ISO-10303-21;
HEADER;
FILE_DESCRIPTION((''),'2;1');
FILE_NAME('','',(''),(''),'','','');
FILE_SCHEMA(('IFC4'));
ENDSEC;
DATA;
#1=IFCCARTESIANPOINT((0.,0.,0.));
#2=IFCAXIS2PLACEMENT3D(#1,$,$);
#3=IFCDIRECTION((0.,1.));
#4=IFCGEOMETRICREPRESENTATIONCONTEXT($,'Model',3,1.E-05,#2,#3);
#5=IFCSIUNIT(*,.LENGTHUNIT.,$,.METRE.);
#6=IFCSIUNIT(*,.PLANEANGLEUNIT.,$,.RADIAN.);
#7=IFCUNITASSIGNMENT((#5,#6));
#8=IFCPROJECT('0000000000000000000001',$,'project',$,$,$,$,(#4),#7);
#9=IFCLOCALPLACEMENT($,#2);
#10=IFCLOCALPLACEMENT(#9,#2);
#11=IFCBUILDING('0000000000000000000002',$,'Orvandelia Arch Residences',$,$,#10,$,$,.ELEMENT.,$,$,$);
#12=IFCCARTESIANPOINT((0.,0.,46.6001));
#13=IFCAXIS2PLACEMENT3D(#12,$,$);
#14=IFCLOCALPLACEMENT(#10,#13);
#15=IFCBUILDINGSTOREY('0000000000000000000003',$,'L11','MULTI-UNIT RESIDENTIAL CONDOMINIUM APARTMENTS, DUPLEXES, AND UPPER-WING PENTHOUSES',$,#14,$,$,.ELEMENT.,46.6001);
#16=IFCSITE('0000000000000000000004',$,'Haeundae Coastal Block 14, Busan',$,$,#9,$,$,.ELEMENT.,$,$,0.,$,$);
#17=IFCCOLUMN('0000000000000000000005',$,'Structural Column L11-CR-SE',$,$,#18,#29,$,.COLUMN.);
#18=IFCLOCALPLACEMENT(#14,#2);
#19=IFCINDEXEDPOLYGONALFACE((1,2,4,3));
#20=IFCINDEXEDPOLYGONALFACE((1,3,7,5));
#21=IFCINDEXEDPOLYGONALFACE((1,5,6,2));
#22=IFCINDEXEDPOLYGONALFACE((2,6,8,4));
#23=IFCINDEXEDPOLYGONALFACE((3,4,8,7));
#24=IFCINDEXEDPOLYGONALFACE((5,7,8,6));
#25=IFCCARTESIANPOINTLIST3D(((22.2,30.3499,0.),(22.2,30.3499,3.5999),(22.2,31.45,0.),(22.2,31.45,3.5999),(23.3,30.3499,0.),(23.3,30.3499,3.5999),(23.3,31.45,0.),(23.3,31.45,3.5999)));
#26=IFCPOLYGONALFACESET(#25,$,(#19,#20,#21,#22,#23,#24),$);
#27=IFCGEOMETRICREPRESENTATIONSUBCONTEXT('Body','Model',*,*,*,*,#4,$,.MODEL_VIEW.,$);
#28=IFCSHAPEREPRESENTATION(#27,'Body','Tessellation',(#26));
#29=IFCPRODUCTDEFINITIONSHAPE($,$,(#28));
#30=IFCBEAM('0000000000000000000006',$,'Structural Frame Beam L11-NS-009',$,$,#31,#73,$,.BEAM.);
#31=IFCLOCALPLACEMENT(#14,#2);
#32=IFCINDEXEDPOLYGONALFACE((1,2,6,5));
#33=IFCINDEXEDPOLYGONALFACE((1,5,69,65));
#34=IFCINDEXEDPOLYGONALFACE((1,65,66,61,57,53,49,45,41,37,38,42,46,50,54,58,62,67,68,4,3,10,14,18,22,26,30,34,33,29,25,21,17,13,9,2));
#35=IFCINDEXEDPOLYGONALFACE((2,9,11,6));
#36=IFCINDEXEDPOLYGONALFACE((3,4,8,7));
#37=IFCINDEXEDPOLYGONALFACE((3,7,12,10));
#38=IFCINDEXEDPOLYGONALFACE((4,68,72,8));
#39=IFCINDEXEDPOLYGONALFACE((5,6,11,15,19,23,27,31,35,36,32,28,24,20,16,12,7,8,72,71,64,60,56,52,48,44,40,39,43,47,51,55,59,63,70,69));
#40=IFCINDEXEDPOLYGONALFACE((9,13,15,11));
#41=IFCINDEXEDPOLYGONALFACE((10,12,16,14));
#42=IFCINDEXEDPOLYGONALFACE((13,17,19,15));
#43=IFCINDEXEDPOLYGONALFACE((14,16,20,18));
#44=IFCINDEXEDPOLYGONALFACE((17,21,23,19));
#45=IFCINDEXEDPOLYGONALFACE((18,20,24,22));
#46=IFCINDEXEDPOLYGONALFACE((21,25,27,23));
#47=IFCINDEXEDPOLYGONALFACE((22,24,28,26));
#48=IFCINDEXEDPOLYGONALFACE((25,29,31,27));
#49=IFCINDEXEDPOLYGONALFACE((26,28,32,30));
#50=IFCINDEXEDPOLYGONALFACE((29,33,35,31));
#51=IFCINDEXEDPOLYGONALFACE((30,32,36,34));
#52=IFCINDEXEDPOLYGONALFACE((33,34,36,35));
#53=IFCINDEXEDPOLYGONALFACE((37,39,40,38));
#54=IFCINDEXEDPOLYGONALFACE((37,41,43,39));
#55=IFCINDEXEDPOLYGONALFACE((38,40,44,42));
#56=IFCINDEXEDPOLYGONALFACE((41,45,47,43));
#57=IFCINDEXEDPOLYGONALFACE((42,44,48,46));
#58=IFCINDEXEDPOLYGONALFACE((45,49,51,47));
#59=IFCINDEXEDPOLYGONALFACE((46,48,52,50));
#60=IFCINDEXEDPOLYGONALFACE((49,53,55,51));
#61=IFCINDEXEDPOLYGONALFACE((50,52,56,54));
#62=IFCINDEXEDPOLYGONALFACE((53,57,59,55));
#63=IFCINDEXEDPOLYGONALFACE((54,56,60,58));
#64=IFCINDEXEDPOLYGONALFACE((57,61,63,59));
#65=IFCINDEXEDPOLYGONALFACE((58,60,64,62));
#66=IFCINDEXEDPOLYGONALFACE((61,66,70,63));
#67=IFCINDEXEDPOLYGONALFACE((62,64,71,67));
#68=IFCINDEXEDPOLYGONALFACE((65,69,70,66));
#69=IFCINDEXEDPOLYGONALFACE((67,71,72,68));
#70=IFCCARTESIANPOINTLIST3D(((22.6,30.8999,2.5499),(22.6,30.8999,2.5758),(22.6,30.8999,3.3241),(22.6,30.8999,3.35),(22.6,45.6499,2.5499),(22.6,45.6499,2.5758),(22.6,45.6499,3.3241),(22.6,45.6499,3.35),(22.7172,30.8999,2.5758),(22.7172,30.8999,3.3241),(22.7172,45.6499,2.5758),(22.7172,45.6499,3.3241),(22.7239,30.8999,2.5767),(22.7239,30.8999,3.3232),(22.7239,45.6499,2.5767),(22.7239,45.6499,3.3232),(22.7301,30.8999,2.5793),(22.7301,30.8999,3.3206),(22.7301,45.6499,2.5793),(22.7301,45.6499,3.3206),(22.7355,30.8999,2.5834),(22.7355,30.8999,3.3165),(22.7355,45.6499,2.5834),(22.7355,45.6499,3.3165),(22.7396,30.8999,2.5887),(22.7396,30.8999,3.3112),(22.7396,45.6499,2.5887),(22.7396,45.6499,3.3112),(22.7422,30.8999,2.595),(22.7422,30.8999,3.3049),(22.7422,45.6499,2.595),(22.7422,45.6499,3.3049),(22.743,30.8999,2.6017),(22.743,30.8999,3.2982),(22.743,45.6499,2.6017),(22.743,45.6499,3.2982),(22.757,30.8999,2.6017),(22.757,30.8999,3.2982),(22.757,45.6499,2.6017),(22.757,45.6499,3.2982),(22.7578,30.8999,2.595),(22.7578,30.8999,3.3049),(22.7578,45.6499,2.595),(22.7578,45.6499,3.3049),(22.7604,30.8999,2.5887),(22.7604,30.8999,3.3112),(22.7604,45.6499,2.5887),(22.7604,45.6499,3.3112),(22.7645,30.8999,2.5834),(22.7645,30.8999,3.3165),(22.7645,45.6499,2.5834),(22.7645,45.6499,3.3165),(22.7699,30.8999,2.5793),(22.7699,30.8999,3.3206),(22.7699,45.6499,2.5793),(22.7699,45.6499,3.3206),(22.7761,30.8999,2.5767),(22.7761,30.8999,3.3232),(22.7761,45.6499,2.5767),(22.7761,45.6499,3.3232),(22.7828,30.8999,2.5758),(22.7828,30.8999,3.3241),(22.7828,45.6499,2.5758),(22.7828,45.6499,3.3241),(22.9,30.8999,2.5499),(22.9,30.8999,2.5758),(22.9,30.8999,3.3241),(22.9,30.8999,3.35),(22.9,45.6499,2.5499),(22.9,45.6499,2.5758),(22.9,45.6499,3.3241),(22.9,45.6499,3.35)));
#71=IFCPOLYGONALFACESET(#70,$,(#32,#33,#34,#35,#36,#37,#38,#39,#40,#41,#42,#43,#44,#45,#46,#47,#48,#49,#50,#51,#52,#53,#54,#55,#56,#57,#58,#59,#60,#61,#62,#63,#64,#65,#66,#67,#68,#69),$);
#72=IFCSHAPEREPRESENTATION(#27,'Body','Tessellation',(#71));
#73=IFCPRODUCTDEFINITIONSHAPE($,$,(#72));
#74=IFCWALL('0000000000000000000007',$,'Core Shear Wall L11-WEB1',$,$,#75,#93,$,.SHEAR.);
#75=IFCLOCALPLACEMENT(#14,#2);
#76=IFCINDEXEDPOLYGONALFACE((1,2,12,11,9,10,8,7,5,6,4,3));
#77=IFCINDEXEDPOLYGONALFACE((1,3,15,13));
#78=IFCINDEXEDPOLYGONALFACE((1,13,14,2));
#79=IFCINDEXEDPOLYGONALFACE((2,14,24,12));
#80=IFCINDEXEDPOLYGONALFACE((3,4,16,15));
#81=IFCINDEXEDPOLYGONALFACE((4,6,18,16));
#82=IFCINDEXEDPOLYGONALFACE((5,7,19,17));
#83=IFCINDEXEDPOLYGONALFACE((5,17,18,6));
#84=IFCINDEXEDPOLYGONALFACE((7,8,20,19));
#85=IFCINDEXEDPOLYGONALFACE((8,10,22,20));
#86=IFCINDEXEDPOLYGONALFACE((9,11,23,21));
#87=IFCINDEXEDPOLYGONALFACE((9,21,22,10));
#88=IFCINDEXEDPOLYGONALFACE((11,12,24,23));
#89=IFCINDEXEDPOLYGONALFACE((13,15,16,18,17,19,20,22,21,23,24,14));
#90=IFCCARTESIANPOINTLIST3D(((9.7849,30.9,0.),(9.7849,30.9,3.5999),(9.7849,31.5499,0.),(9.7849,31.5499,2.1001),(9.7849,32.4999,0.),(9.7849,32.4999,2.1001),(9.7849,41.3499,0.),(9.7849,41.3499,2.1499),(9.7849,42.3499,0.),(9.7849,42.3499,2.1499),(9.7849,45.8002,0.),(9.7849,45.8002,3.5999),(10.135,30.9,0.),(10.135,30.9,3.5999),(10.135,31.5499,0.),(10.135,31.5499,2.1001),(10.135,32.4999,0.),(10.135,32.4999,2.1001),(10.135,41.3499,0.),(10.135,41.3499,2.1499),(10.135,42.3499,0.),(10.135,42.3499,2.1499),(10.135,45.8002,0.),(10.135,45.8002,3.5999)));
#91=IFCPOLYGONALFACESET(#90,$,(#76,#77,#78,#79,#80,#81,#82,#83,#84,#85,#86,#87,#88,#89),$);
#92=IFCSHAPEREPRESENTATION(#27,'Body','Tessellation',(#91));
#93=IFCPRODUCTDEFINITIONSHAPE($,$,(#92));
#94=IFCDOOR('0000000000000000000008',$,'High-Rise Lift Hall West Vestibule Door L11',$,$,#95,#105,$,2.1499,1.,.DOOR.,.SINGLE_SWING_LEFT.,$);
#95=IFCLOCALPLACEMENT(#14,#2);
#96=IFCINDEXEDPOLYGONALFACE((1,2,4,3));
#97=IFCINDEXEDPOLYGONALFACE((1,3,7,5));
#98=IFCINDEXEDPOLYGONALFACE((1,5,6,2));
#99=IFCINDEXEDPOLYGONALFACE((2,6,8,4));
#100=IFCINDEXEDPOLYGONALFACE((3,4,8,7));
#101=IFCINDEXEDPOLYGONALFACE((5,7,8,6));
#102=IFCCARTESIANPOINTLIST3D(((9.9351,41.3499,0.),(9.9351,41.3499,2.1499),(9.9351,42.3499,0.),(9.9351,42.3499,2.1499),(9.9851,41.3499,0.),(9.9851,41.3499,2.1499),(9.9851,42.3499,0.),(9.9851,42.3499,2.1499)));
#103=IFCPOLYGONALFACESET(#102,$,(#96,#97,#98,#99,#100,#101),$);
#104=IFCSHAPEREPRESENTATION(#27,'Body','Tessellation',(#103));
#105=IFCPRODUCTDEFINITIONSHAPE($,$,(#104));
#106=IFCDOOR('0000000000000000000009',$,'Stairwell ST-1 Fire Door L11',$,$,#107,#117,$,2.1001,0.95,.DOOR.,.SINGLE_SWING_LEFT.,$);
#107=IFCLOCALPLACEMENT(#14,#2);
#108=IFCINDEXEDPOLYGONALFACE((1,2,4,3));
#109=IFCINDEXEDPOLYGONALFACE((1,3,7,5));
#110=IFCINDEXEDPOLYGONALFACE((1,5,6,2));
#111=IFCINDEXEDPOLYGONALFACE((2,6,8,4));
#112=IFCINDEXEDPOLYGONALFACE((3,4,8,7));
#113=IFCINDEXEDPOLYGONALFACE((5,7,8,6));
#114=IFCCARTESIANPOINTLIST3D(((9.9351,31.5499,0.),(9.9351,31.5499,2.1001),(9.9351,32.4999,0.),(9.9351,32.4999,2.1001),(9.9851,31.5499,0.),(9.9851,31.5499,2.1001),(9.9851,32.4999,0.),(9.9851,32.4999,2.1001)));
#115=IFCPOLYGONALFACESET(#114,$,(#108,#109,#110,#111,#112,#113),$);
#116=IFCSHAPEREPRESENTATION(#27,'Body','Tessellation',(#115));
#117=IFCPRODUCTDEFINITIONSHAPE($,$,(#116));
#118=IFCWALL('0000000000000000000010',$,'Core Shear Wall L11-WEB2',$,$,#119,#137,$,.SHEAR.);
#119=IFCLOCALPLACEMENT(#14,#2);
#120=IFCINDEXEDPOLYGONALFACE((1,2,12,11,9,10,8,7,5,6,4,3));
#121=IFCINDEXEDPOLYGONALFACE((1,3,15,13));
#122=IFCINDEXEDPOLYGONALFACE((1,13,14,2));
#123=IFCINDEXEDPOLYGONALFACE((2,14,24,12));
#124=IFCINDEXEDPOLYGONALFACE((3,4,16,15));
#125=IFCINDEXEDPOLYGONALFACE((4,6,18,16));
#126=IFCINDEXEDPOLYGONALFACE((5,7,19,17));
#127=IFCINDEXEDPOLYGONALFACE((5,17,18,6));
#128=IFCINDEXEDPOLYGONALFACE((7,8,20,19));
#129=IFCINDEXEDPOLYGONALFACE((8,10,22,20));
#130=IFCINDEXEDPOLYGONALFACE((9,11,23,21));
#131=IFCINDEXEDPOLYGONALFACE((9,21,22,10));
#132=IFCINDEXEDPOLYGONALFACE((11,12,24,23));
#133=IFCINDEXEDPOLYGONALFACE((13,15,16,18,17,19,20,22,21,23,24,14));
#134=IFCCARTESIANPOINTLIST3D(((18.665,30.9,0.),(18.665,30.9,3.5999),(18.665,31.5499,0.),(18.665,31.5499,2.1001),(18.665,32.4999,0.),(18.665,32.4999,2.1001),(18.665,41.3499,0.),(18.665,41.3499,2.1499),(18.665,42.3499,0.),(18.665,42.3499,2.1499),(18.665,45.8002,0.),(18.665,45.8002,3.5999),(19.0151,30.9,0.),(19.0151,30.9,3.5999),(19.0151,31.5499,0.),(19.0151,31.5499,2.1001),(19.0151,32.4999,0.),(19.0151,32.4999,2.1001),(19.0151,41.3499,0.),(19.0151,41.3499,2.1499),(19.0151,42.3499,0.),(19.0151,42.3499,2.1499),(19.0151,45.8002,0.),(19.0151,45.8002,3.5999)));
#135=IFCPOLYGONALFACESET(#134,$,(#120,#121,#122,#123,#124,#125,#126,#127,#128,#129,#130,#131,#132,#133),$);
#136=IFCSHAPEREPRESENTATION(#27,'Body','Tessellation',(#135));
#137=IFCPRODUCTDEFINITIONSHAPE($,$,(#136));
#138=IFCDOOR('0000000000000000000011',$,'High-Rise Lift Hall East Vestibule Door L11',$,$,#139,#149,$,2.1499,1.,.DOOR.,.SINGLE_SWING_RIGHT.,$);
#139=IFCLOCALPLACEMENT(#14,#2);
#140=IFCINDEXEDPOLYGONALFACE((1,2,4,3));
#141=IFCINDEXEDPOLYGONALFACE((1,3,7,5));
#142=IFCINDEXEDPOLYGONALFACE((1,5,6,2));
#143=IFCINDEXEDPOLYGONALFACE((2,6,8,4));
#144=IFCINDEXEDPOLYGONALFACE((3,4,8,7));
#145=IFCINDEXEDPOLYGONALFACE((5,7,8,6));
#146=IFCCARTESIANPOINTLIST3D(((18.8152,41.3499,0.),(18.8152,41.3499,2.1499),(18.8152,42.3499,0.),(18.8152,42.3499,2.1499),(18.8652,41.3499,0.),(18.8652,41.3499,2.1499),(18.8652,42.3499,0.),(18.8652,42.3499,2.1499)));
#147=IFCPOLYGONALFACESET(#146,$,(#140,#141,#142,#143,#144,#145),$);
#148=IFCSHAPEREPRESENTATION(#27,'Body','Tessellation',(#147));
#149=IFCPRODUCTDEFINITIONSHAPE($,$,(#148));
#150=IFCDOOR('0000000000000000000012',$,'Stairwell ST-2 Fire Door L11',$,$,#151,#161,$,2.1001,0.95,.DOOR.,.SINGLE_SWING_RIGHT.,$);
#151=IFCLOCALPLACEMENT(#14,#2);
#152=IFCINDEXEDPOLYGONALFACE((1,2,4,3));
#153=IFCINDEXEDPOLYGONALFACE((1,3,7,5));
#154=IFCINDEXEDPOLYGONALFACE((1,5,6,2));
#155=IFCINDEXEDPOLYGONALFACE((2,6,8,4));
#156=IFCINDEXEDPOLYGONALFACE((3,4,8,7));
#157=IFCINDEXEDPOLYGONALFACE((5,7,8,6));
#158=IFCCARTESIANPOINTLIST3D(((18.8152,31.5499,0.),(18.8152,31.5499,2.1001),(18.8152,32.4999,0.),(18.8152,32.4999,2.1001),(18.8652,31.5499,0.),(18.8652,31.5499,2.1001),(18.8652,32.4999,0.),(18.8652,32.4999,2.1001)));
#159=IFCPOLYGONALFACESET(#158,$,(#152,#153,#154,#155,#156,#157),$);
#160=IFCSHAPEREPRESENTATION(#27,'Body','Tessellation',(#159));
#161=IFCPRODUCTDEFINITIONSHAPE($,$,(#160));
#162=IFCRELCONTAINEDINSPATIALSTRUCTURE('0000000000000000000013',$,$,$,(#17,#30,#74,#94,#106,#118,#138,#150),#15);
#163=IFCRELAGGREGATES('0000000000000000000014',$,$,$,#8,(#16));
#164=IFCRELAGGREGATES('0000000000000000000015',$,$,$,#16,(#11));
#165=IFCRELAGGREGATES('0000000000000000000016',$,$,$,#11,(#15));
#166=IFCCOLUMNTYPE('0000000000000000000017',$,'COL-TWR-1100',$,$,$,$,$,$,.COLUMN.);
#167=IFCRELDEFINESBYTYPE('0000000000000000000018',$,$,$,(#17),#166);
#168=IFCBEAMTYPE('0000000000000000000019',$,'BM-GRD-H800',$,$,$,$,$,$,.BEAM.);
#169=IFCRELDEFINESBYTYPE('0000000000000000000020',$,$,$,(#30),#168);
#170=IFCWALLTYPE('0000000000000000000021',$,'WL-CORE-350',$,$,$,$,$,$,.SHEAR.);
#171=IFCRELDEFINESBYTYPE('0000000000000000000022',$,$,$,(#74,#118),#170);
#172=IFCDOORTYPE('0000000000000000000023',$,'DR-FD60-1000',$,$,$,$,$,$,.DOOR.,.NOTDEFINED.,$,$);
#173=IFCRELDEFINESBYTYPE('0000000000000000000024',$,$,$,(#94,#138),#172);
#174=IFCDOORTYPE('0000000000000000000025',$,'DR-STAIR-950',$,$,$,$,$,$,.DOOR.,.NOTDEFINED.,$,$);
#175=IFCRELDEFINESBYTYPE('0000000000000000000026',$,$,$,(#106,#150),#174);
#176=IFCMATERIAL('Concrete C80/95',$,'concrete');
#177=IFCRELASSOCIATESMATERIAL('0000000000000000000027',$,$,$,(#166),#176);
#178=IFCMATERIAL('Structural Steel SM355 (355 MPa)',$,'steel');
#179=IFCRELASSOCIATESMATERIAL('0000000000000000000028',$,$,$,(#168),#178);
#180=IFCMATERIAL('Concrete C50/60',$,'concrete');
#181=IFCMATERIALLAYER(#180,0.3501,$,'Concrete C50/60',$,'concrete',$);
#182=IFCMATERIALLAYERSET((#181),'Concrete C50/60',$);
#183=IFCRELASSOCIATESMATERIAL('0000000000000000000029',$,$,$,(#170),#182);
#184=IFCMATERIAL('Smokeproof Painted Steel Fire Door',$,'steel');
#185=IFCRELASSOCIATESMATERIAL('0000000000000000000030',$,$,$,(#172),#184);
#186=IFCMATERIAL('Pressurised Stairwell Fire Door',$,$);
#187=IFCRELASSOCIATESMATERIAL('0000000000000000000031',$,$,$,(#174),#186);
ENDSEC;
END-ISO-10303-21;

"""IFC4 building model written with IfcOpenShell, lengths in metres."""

from ifc_helpers import new_model, si_unit, direction, frame, frame_2d, origin, origin_2d, place, context, subcontext, project, spatial, rectangle, i_section, extrude, material, layer, layer_set, material_profile, profile_set, type_object, element, fill, save


model = new_model("IFC4")

# Units and contexts
model_context = context("Model", 3, precision=1e-05, world=origin(), true_north=direction((0.0, 1.0)))
body_context = subcontext(model_context, "Body", "Model", "MODEL_VIEW")
ifc_project = project(units=[si_unit("LENGTHUNIT", "METRE"), si_unit("PLANEANGLEUNIT", "RADIAN")], contexts=[model_context])

# Site, building, storey
site_placement = place(None, origin())
site = spatial("IfcSite", under=ifc_project, at=site_placement, Name="Haeundae Coastal Block 14, Busan", CompositionType="ELEMENT", RefElevation=0.0)
building_placement = place(site_placement, origin())
building = spatial("IfcBuilding", under=site, at=building_placement, Name="Orvandelia Arch Residences", CompositionType="ELEMENT")
storey_placement = place(building_placement, frame((0.0, 0.0, 46.6001)))
storey = spatial("IfcBuildingStorey", under=building, at=storey_placement, Name="L11", Description="MULTI-UNIT RESIDENTIAL CONDOMINIUM APARTMENTS, DUPLEXES, AND UPPER-WING PENTHOUSES", CompositionType="ELEMENT", Elevation=46.6001)

# Column
ifc_material_1 = material(Name="Concrete C80/95", Category="concrete")
ifc_material_profile_1 = material_profile(ifc_material_1, rectangle(XDim=1.1001, YDim=1.1001, at=origin_2d()), Name="Concrete C80/95", Category="concrete")
ifc_profile_set_1 = profile_set([ifc_material_profile_1], Name="Concrete C80/95")
column_type = type_object("IfcColumnType", Name="COL-TWR-1100", PredefinedType="COLUMN", material=ifc_profile_set_1)
column_placement = place(storey_placement, frame((22.75, 30.8999, 0.0), z_axis=(0.0, 0.0, 1.0), x_axis=(1.0, 0.0, 0.0)))
element("IfcColumn", 1, at=column_placement, inside=storey, type_object=column_type, Name="Structural Column L11-CR-SE", PredefinedType="COLUMN", context=body_context, shape_type="SweptSolid", body=[
    extrude(rectangle(XDim=1.1001, YDim=1.1001, at=origin_2d()), origin(), (0.0, 0.0, 1.0), 3.5999),
])

# Beam
ifc_material_2 = material(Name="Structural Steel SM355 (355 MPa)", Category="steel")
ifc_material_profile_2 = material_profile(ifc_material_2, i_section(OverallWidth=0.3, OverallDepth=0.8, WebThickness=0.0139, FlangeThickness=0.0259, FilletRadius=0.0259, at=origin_2d()), Name="Structural Steel SM355 (355 MPa)", Category="steel")
ifc_profile_set_2 = profile_set([ifc_material_profile_2], Name="Structural Steel SM355 (355 MPa)")
beam_type = type_object("IfcBeamType", Name="BM-GRD-H800", PredefinedType="BEAM", material=ifc_profile_set_2)
beam_placement = place(storey_placement, frame((22.75, 30.8999, 2.95), z_axis=(0.0, 1.0, 0.0), x_axis=(-1.0, 0.0, 0.0)))
element("IfcBeam", 2, at=beam_placement, inside=storey, type_object=beam_type, Name="Structural Frame Beam L11-NS-009", PredefinedType="BEAM", context=body_context, shape_type="SweptSolid", body=[
    extrude(i_section(OverallWidth=0.3, OverallDepth=0.8, WebThickness=0.0139, FlangeThickness=0.0259, FilletRadius=0.0259, at=origin_2d()), origin(), (0.0, 0.0, 1.0), 14.75),
])

# Walls, openings, doors
ifc_material_3 = material(Name="Concrete C50/60", Category="concrete")
ifc_layer_1 = layer(ifc_material_3, 0.3501, Name="Concrete C50/60", Category="concrete")
ifc_layer_set_1 = layer_set([ifc_layer_1], Name="Concrete C50/60")
wall_type_1 = type_object("IfcWallType", Name="WL-CORE-350", PredefinedType="SHEAR", material=ifc_layer_set_1)
wall_1_placement = place(storey_placement, frame((9.96, 30.8999, 0.0), z_axis=(0.0, 0.0, 1.0), x_axis=(0.0, 1.0, 0.0)))
wall_1 = element("IfcWall", 3, at=wall_1_placement, inside=storey, type_object=wall_type_1, Name="Core Shear Wall L11-WEB1", PredefinedType="SHEAR", context=body_context, shape_type="SweptSolid", body=[
    extrude(rectangle(XDim=14.9001, YDim=0.3501, at=frame_2d((7.4502, 0.0))), origin(), (0.0, 0.0, 1.0), 3.5999),
])
opening_1_placement = place(wall_1_placement, frame((0.6499, 0.0, 0.0)))
opening_1 = element("IfcOpeningElement", 4, at=opening_1_placement, cuts=wall_1, PredefinedType="OPENING", context=body_context, shape_type="SweptSolid", body=[
    extrude(rectangle(XDim=0.95, YDim=2.1001, at=frame_2d((0.4751, 1.05))), frame((0.0, 0.1851, 0.0), z_axis=(0.0, -1.0, 0.0), x_axis=(1.0, 0.0, 0.0)), (0.0, 0.0, 1.0), 0.3701),
])
opening_2_placement = place(wall_1_placement, frame((10.45, 0.0, 0.0)))
opening_2 = element("IfcOpeningElement", 5, at=opening_2_placement, cuts=wall_1, PredefinedType="OPENING", context=body_context, shape_type="SweptSolid", body=[
    extrude(rectangle(XDim=1.0, YDim=2.1499, at=frame_2d((0.5, 1.075))), frame((0.0, 0.1851, 0.0), z_axis=(0.0, -1.0, 0.0), x_axis=(1.0, 0.0, 0.0)), (0.0, 0.0, 1.0), 0.3701),
])
ifc_material_4 = material(Name="Smokeproof Painted Steel Fire Door", Category="steel")
door_type_1 = type_object("IfcDoorType", Name="DR-FD60-1000", OperationType="NOTDEFINED", PredefinedType="DOOR", material=ifc_material_4)
door_1_placement = place(opening_2_placement, origin())
door_1 = element("IfcDoor", 6, at=door_1_placement, inside=storey, type_object=door_type_1, Name="High-Rise Lift Hall West Vestibule Door L11", OperationType="SINGLE_SWING_LEFT", OverallHeight=2.1499, OverallWidth=1.0, PredefinedType="DOOR", context=body_context, shape_type="SweptSolid", body=[
    extrude(rectangle(XDim=1.0, YDim=2.1499, at=frame_2d((0.5, 1.075))), frame((0.0, 0.0249, 0.0), z_axis=(0.0, -1.0, 0.0), x_axis=(1.0, 0.0, 0.0)), (0.0, 0.0, 1.0), 0.05),
])
fill(opening_2, door_1)
ifc_material_5 = material(Name="Pressurised Stairwell Fire Door")
door_type_2 = type_object("IfcDoorType", Name="DR-STAIR-950", OperationType="NOTDEFINED", PredefinedType="DOOR", material=ifc_material_5)
door_2_placement = place(opening_1_placement, origin())
door_2 = element("IfcDoor", 7, at=door_2_placement, inside=storey, type_object=door_type_2, Name="Stairwell ST-1 Fire Door L11", OperationType="SINGLE_SWING_LEFT", OverallHeight=2.1001, OverallWidth=0.95, PredefinedType="DOOR", context=body_context, shape_type="SweptSolid", body=[
    extrude(rectangle(XDim=0.95, YDim=2.1001, at=frame_2d((0.4751, 1.05))), frame((0.0, 0.0249, 0.0), z_axis=(0.0, -1.0, 0.0), x_axis=(1.0, 0.0, 0.0)), (0.0, 0.0, 1.0), 0.05),
])
fill(opening_1, door_2)
wall_2_placement = place(storey_placement, frame((18.8401, 30.8999, 0.0), z_axis=(0.0, 0.0, 1.0), x_axis=(0.0, 1.0, 0.0)))
wall_2 = element("IfcWall", 8, at=wall_2_placement, inside=storey, type_object=wall_type_1, Name="Core Shear Wall L11-WEB2", PredefinedType="SHEAR", context=body_context, shape_type="SweptSolid", body=[
    extrude(rectangle(XDim=14.9001, YDim=0.3501, at=frame_2d((7.4502, 0.0))), origin(), (0.0, 0.0, 1.0), 3.5999),
])
opening_3_placement = place(wall_2_placement, frame((0.6499, 0.0, 0.0)))
opening_3 = element("IfcOpeningElement", 9, at=opening_3_placement, cuts=wall_2, PredefinedType="OPENING", context=body_context, shape_type="SweptSolid", body=[
    extrude(rectangle(XDim=0.95, YDim=2.1001, at=frame_2d((0.4751, 1.05))), frame((0.0, 0.1851, 0.0), z_axis=(0.0, -1.0, 0.0), x_axis=(1.0, 0.0, 0.0)), (0.0, 0.0, 1.0), 0.3701),
])
opening_4_placement = place(wall_2_placement, frame((10.45, 0.0, 0.0)))
opening_4 = element("IfcOpeningElement", 10, at=opening_4_placement, cuts=wall_2, PredefinedType="OPENING", context=body_context, shape_type="SweptSolid", body=[
    extrude(rectangle(XDim=1.0, YDim=2.1499, at=frame_2d((0.5, 1.075))), frame((0.0, 0.1851, 0.0), z_axis=(0.0, -1.0, 0.0), x_axis=(1.0, 0.0, 0.0)), (0.0, 0.0, 1.0), 0.3701),
])
door_3_placement = place(opening_4_placement, origin())
door_3 = element("IfcDoor", 11, at=door_3_placement, inside=storey, type_object=door_type_1, Name="High-Rise Lift Hall East Vestibule Door L11", OperationType="SINGLE_SWING_RIGHT", OverallHeight=2.1499, OverallWidth=1.0, PredefinedType="DOOR", context=body_context, shape_type="SweptSolid", body=[
    extrude(rectangle(XDim=1.0, YDim=2.1499, at=frame_2d((0.5, 1.075))), frame((0.0, 0.0249, 0.0), z_axis=(0.0, -1.0, 0.0), x_axis=(1.0, 0.0, 0.0)), (0.0, 0.0, 1.0), 0.05),
])
fill(opening_4, door_3)
door_4_placement = place(opening_3_placement, origin())
door_4 = element("IfcDoor", 12, at=door_4_placement, inside=storey, type_object=door_type_2, Name="Stairwell ST-2 Fire Door L11", OperationType="SINGLE_SWING_RIGHT", OverallHeight=2.1001, OverallWidth=0.95, PredefinedType="DOOR", context=body_context, shape_type="SweptSolid", body=[
    extrude(rectangle(XDim=0.95, YDim=2.1001, at=frame_2d((0.4751, 1.05))), frame((0.0, 0.0249, 0.0), z_axis=(0.0, -1.0, 0.0), x_axis=(1.0, 0.0, 0.0)), (0.0, 0.0, 1.0), 0.05),
])
fill(opening_3, door_4)

save(model, "model.ifc")
